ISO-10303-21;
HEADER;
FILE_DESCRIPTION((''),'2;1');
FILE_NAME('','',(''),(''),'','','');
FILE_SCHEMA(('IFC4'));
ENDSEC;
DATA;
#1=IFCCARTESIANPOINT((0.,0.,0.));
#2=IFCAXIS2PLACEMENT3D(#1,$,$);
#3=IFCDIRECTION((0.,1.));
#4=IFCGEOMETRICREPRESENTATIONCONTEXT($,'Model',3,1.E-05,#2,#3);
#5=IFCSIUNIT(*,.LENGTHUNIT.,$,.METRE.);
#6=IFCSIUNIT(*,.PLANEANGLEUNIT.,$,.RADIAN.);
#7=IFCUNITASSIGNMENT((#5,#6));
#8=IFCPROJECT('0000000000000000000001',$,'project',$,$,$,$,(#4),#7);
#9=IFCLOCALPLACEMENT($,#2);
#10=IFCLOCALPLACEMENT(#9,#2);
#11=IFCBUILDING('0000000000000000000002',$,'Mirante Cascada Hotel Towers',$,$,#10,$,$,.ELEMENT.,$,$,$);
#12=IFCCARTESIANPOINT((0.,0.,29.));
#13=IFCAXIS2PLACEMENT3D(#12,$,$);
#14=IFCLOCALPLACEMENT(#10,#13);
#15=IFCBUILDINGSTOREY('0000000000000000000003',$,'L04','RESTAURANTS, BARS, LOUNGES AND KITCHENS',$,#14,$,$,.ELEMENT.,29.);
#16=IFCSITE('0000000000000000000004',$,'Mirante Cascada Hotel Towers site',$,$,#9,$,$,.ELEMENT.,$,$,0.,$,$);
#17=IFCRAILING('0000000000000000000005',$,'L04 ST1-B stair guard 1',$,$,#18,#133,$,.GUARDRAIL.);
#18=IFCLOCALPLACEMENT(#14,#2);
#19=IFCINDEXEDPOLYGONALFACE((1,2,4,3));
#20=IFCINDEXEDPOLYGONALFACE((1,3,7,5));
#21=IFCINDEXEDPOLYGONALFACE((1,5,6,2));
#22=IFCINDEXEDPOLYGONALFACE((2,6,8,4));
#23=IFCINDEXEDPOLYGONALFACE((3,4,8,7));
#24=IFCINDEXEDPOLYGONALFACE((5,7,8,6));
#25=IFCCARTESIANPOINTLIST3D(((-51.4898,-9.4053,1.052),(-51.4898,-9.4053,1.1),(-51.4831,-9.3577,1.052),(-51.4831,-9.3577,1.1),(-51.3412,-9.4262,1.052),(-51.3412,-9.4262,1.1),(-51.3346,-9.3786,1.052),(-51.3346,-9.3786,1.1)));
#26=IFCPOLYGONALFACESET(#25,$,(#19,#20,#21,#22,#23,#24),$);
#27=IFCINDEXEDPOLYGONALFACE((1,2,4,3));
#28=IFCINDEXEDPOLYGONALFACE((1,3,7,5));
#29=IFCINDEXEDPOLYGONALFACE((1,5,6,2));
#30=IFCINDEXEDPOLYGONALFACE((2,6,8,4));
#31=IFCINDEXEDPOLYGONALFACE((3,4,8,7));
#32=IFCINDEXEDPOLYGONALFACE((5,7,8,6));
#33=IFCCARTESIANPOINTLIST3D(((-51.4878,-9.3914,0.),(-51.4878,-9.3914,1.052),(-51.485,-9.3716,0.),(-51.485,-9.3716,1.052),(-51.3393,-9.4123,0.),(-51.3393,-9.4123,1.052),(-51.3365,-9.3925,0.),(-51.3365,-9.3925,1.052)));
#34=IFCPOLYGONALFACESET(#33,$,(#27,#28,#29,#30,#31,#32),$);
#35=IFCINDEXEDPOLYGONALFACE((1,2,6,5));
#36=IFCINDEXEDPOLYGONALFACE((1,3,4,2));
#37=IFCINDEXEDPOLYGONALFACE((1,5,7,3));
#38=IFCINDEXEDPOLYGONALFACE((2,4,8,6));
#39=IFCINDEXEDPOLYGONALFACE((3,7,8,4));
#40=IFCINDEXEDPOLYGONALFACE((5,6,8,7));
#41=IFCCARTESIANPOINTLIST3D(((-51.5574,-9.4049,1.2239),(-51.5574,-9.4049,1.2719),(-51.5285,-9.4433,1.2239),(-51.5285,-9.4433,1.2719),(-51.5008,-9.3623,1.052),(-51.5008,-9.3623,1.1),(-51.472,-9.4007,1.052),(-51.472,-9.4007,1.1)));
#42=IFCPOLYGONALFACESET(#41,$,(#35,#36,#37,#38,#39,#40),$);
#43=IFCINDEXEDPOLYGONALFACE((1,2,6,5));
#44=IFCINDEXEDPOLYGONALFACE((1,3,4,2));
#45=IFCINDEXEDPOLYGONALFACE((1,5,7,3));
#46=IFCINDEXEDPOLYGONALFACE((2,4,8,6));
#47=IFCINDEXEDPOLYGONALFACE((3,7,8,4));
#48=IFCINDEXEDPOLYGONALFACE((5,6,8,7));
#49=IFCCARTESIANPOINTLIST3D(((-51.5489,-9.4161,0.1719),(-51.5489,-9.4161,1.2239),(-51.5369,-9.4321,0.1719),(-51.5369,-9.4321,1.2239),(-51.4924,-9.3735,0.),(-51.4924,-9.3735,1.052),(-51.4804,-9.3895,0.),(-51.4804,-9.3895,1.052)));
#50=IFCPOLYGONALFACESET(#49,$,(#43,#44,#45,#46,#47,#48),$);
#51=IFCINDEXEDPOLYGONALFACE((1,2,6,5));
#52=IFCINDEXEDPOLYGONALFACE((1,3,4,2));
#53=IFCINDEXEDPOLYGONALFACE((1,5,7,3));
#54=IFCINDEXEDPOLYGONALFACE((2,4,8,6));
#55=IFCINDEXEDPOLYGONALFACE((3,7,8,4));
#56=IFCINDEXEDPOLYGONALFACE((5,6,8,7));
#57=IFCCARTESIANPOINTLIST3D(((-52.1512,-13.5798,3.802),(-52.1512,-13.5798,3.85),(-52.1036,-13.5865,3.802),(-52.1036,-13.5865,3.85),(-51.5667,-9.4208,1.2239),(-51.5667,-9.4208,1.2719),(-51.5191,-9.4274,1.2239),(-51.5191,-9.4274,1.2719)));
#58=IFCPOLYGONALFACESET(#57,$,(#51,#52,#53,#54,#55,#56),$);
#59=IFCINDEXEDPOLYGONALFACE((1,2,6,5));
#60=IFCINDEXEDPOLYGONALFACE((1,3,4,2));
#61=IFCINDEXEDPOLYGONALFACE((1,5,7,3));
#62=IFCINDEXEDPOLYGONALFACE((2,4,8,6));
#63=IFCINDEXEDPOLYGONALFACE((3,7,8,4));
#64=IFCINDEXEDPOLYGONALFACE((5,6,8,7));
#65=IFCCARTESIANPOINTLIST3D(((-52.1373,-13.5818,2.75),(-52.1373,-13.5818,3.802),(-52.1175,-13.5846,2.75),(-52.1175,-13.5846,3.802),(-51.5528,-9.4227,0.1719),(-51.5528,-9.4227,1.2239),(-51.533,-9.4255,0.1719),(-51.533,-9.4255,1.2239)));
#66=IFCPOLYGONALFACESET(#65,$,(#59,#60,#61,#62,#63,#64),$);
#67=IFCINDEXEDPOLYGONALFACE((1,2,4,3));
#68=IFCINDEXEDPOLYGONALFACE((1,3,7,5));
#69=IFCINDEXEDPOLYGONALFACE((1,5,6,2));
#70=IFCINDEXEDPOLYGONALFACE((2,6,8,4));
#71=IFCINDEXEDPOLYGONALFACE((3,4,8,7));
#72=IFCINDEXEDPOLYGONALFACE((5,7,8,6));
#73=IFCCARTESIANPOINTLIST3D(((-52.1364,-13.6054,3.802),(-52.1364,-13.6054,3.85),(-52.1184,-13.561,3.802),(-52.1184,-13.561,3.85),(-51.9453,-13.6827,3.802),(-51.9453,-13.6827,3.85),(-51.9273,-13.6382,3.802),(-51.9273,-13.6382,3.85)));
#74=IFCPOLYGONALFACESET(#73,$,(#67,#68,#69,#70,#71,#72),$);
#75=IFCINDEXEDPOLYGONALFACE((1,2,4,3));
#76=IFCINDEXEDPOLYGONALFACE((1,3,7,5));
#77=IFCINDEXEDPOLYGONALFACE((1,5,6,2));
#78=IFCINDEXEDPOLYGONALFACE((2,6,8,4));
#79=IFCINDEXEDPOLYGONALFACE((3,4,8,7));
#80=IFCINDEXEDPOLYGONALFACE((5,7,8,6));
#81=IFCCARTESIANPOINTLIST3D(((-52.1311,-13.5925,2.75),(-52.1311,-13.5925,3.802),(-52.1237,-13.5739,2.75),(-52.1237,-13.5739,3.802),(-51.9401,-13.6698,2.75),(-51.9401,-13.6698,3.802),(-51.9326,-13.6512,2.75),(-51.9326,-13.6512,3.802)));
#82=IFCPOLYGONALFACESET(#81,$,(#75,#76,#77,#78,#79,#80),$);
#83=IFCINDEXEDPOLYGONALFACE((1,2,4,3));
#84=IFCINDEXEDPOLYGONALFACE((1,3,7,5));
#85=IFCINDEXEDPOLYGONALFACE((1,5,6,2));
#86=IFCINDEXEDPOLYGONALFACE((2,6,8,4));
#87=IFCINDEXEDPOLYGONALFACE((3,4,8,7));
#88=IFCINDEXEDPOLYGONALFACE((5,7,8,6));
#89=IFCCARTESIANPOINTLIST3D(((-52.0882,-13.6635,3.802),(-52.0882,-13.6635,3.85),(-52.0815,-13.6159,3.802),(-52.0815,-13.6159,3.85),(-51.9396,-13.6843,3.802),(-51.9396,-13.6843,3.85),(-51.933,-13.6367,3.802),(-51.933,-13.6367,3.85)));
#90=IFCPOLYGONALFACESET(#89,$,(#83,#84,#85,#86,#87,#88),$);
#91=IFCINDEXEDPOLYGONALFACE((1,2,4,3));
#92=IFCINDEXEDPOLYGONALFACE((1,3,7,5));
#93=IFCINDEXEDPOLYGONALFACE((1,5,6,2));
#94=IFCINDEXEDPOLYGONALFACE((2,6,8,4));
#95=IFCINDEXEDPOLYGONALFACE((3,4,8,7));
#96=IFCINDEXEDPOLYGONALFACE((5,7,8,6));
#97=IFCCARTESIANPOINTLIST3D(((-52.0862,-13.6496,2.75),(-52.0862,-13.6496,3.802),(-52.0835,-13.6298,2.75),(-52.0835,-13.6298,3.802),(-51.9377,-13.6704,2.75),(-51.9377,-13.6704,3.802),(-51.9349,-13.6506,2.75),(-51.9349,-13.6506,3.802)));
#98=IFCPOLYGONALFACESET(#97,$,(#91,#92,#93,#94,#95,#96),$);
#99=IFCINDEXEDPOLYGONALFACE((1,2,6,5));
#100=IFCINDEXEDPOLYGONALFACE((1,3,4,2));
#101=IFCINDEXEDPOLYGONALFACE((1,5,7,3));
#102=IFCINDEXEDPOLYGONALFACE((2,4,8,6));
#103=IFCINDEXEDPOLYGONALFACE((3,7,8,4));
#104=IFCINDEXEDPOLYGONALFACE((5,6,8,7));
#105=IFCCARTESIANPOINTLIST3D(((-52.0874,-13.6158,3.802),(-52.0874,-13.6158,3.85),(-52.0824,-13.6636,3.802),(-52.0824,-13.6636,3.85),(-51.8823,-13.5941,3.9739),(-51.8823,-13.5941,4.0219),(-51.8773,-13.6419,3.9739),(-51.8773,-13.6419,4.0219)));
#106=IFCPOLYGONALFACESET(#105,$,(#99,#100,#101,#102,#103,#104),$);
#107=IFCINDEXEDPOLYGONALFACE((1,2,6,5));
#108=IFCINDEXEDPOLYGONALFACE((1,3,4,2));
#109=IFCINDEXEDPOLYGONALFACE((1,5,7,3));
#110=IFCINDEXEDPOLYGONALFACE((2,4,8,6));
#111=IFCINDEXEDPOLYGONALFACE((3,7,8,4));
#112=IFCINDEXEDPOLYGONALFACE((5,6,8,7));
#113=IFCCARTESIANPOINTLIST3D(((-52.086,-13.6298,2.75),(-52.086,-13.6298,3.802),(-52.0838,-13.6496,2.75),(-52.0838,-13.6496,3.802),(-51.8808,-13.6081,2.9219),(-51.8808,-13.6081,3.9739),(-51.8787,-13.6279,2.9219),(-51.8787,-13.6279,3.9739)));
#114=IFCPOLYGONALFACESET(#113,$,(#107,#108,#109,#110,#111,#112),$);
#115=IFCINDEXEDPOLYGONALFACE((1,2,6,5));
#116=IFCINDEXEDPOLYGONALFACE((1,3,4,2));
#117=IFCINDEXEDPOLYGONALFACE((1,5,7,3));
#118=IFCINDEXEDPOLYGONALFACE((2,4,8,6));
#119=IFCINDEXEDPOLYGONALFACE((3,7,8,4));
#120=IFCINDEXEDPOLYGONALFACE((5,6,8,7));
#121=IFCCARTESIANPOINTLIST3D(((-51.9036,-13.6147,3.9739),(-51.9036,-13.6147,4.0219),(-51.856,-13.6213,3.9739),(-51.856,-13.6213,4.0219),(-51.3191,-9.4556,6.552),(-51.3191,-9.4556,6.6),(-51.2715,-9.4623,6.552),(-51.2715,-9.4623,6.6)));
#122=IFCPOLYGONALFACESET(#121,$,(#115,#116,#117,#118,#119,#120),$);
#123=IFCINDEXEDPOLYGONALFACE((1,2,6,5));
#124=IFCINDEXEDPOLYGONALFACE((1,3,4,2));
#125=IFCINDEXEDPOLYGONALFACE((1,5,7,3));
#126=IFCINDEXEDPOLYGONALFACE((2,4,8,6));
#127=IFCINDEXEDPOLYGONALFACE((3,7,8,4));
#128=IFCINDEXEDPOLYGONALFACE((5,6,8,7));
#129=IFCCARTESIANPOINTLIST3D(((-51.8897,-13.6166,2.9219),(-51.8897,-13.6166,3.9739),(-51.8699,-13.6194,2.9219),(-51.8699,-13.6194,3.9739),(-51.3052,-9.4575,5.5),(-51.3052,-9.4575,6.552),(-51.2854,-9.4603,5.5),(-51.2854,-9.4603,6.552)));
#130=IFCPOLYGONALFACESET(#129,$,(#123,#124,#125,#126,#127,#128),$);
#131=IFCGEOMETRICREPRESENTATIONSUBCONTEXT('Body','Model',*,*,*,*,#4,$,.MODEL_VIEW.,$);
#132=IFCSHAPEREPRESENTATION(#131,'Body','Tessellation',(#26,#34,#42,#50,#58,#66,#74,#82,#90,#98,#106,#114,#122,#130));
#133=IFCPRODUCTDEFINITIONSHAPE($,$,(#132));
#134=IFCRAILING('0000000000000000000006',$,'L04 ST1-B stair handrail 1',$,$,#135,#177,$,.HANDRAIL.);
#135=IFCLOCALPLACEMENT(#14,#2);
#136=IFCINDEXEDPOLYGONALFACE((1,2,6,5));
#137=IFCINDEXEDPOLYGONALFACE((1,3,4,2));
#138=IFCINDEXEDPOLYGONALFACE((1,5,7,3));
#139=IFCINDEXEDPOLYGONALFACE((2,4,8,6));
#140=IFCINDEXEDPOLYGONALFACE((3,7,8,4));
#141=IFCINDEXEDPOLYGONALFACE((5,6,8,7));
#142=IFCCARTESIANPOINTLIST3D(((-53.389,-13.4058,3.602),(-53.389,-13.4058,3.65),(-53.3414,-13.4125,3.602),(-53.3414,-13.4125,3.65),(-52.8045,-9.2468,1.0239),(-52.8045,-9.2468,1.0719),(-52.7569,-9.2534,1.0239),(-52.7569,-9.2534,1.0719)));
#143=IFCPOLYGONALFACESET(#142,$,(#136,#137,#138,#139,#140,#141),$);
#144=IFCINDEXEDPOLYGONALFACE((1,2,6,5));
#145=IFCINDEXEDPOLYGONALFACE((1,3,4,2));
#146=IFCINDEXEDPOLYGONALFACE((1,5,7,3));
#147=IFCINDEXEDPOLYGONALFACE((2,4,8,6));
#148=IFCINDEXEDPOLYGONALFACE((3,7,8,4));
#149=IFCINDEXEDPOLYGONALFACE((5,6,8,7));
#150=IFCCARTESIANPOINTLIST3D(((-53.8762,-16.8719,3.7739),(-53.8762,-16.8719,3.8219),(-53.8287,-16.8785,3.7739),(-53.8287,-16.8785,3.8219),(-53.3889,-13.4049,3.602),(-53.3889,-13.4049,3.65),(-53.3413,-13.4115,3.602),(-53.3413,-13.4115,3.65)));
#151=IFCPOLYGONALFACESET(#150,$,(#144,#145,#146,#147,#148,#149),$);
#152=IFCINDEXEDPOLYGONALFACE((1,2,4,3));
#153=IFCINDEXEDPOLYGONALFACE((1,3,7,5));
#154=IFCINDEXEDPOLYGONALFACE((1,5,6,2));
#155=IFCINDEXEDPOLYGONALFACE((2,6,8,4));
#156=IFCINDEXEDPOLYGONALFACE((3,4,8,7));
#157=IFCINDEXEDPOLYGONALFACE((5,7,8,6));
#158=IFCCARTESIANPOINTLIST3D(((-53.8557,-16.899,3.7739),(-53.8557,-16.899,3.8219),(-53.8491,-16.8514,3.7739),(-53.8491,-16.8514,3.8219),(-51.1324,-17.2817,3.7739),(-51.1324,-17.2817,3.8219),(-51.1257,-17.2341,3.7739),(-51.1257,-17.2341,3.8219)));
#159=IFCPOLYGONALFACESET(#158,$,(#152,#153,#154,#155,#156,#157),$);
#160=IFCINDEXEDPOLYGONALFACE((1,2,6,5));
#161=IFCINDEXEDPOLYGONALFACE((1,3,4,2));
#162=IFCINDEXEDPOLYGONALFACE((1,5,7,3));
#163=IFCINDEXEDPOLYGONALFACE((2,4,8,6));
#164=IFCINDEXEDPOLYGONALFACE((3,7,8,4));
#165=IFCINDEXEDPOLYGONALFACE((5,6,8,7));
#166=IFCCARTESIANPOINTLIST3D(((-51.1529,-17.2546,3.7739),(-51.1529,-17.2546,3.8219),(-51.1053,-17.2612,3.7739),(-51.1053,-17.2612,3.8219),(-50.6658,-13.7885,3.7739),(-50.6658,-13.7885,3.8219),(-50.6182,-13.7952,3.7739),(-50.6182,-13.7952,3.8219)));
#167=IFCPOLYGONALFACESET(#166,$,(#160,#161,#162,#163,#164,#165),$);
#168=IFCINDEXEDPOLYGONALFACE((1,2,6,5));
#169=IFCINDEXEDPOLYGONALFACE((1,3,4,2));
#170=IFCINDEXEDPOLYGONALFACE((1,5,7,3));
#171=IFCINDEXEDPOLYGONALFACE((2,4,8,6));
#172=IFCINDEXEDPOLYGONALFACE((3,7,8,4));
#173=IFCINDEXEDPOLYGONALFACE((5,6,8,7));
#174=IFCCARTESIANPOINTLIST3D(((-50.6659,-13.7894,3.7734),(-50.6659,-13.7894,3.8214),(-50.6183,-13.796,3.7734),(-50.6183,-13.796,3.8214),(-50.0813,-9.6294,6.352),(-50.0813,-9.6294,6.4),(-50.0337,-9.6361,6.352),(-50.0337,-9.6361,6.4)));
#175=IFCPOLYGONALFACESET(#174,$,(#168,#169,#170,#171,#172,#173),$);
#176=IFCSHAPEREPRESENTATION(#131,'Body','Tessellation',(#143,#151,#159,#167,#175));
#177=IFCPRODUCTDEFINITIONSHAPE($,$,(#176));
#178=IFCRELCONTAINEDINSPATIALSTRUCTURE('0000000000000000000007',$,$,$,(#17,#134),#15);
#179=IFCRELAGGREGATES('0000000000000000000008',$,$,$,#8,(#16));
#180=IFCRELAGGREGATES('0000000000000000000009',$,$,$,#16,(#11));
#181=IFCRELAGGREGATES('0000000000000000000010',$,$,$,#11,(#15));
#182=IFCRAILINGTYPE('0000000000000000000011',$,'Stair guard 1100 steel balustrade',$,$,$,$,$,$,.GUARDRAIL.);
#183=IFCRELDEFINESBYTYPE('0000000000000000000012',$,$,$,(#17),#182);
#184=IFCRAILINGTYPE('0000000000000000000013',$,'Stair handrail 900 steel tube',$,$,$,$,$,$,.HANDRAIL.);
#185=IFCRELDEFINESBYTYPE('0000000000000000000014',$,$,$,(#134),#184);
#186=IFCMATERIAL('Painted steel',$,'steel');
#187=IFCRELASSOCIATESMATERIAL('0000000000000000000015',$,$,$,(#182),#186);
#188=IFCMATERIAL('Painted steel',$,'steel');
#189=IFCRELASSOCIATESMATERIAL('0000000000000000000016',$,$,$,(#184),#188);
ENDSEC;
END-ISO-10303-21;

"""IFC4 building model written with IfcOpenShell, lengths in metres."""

from ifc_helpers import new_model, si_unit, direction, frame, origin, origin_2d, place, context, subcontext, project, spatial, rectangle, extrude, material, type_object, element, save


model = new_model("IFC4")

# Units and contexts
model_context = context("Model", 3, precision=1e-05, world=origin(), true_north=direction((0.0, 1.0)))
body_context = subcontext(model_context, "Body", "Model", "MODEL_VIEW")
ifc_project = project(units=[si_unit("LENGTHUNIT", "METRE"), si_unit("PLANEANGLEUNIT", "RADIAN")], contexts=[model_context])

# Site, building, storey
site_placement = place(None, origin())
site = spatial("IfcSite", under=ifc_project, at=site_placement, Name="Mirante Cascada Hotel Towers site", CompositionType="ELEMENT", RefElevation=0.0)
building_placement = place(site_placement, origin())
building = spatial("IfcBuilding", under=site, at=building_placement, Name="Mirante Cascada Hotel Towers", CompositionType="ELEMENT")
storey_placement = place(building_placement, frame((0.0, 0.0, 29.0)))
storey = spatial("IfcBuildingStorey", under=building, at=storey_placement, Name="L04", Description="RESTAURANTS, BARS, LOUNGES AND KITCHENS", CompositionType="ELEMENT", Elevation=29.0)

# Railings
ifc_material_1 = material(Name="Painted steel", Category="steel")
railing_type_1 = type_object("IfcRailingType", Name="Stair guard 1100 steel balustrade", PredefinedType="GUARDRAIL", material=ifc_material_1)
railing_1_placement = place(storey_placement, frame((-51.3379, -9.4024, 0.0)))
element("IfcRailing", 1, at=railing_1_placement, inside=storey, type_object=railing_type_1, Name="L04 ST1-B stair guard 1", PredefinedType="GUARDRAIL", context=body_context, shape_type="SweptSolid", body=[
    extrude(rectangle(XDim=0.048, YDim=0.048, at=origin_2d()), frame((0.0, 0.0, 1.076), z_axis=(-0.990241, 0.139367, 0.0), x_axis=(-0.139367, -0.990241, 0.0)), (0.0, 0.0, 1.0), 0.15),
    extrude(rectangle(XDim=0.02, YDim=1.052, at=origin_2d()), frame((0.0, 0.0, 0.526), z_axis=(-0.990241, 0.139367, 0.0), x_axis=(-0.139367, -0.990241, 0.0)), (0.0, 0.0, 1.0), 0.15),
    extrude(rectangle(XDim=0.048, YDim=0.048, at=origin_2d()), frame((-0.1485, 0.0209, 1.076), z_axis=(-0.798471, -0.602033, 0.0), x_axis=(0.602033, -0.798471, 0.0)), (0.0, 0.92472, 0.380648), 0.1859),
    extrude(rectangle(XDim=0.02, YDim=1.052, at=origin_2d()), frame((-0.1485, 0.0209, 0.526), z_axis=(-0.798471, -0.602033, 0.0), x_axis=(0.602033, -0.798471, 0.0)), (0.0, 0.92472, 0.380648), 0.1859),
    extrude(rectangle(XDim=0.048, YDim=0.048, at=origin_2d()), frame((-0.205, -0.0217, 1.2479), z_axis=(-0.139168, -0.990269, 0.0), x_axis=(0.990269, -0.139168, 0.0)), (0.0, 0.523141, 0.852246), 4.9281),
    extrude(rectangle(XDim=0.02, YDim=1.052, at=origin_2d()), frame((-0.205, -0.0217, 0.6979), z_axis=(-0.139168, -0.990269, 0.0), x_axis=(0.990269, -0.139168, 0.0)), (0.0, 0.523141, 0.852246), 4.9281),
    extrude(rectangle(XDim=0.048, YDim=0.048, at=origin_2d()), frame((-0.7895, -4.1808, 3.826), z_axis=(0.927031, -0.374984, 0.0), x_axis=(0.374984, 0.927031, 0.0)), (0.0, 0.0, 1.0), 0.2061),
    extrude(rectangle(XDim=0.02, YDim=1.052, at=origin_2d()), frame((-0.7895, -4.1808, 3.276), z_axis=(0.927031, -0.374984, 0.0), x_axis=(0.374984, 0.927031, 0.0)), (0.0, 0.0, 1.0), 0.2061),
    extrude(rectangle(XDim=0.048, YDim=0.048, at=origin_2d()), frame((-0.5984, -4.2581, 3.826), z_axis=(-0.990345, 0.138622, 0.0), x_axis=(-0.138622, -0.990345, 0.0)), (0.0, 0.0, 1.0), 0.15),
    extrude(rectangle(XDim=0.02, YDim=1.052, at=origin_2d()), frame((-0.5984, -4.2581, 3.276), z_axis=(-0.990345, 0.138622, 0.0), x_axis=(-0.138622, -0.990345, 0.0)), (0.0, 0.0, 1.0), 0.15),
    extrude(rectangle(XDim=0.048, YDim=0.048, at=origin_2d()), frame((-0.747, -4.2373, 3.826), z_axis=(0.994449, 0.105215, 0.0), x_axis=(-0.105215, 0.994449, 0.0)), (0.0, 0.640249, 0.768168), 0.2685),
    extrude(rectangle(XDim=0.02, YDim=1.052, at=origin_2d()), frame((-0.747, -4.2373, 3.276), z_axis=(0.994449, 0.105215, 0.0), x_axis=(-0.105215, 0.994449, 0.0)), (0.0, 0.640249, 0.768168), 0.2685),
    extrude(rectangle(XDim=0.048, YDim=0.048, at=origin_2d()), frame((-0.5419, -4.2156, 3.9979), z_axis=(0.139168, 0.990269, 0.0), x_axis=(-0.990269, 0.139168, 0.0)), (0.0, 0.523141, 0.852246), 4.9281),
    extrude(rectangle(XDim=0.02, YDim=1.052, at=origin_2d()), frame((-0.5419, -4.2156, 3.4479), z_axis=(0.139168, 0.990269, 0.0), x_axis=(-0.990269, 0.139168, 0.0)), (0.0, 0.523141, 0.852246), 4.9281),
])
ifc_material_2 = material(Name="Painted steel", Category="steel")
railing_type_2 = type_object("IfcRailingType", Name="Stair handrail 900 steel tube", PredefinedType="HANDRAIL", material=ifc_material_2)
railing_2_placement = place(storey_placement, frame((-52.7807, -9.2501, 0.1719)))
element("IfcRailing", 2, at=railing_2_placement, inside=storey, type_object=railing_type_2, Name="L04 ST1-B stair handrail 1", PredefinedType="HANDRAIL", context=body_context, shape_type="SweptSolid", body=[
    extrude(rectangle(XDim=0.048, YDim=0.048, at=origin_2d()), frame((0.0, 0.0, 0.876), z_axis=(-0.139168, -0.990269, 0.0), x_axis=(0.990269, -0.139168, 0.0)), (0.0, 0.523141, 0.852246), 4.9281),
    extrude(rectangle(XDim=0.048, YDim=0.048, at=origin_2d()), frame((-0.5844, -4.1581, 3.4541), z_axis=(-0.139197, -0.990265, 0.0), x_axis=(0.990265, -0.139197, 0.0)), (0.0, 0.049054, 0.998796), 3.5053),
    extrude(rectangle(XDim=0.048, YDim=0.048, at=origin_2d()), frame((-1.0717, -7.6251, 3.626), z_axis=(0.99027, -0.139161, 0.0), x_axis=(0.139161, 0.99027, 0.0)), (0.0, 0.0, 1.0), 2.7501),
    extrude(rectangle(XDim=0.048, YDim=0.048, at=origin_2d()), frame((1.6516, -8.0078, 3.626), z_axis=(0.139169, 0.990269, 0.0), x_axis=(-0.990269, 0.139169, 0.0)), (0.0, 0.0, 1.0), 3.5001),
    extrude(rectangle(XDim=0.048, YDim=0.048, at=origin_2d()), frame((2.1386, -4.5426, 3.6255), z_axis=(0.139168, 0.990269, 0.0), x_axis=(-0.990269, 0.139168, 0.0)), (0.0, 0.523141, 0.852246), 4.9291),
])

save(model, "model.ifc")
